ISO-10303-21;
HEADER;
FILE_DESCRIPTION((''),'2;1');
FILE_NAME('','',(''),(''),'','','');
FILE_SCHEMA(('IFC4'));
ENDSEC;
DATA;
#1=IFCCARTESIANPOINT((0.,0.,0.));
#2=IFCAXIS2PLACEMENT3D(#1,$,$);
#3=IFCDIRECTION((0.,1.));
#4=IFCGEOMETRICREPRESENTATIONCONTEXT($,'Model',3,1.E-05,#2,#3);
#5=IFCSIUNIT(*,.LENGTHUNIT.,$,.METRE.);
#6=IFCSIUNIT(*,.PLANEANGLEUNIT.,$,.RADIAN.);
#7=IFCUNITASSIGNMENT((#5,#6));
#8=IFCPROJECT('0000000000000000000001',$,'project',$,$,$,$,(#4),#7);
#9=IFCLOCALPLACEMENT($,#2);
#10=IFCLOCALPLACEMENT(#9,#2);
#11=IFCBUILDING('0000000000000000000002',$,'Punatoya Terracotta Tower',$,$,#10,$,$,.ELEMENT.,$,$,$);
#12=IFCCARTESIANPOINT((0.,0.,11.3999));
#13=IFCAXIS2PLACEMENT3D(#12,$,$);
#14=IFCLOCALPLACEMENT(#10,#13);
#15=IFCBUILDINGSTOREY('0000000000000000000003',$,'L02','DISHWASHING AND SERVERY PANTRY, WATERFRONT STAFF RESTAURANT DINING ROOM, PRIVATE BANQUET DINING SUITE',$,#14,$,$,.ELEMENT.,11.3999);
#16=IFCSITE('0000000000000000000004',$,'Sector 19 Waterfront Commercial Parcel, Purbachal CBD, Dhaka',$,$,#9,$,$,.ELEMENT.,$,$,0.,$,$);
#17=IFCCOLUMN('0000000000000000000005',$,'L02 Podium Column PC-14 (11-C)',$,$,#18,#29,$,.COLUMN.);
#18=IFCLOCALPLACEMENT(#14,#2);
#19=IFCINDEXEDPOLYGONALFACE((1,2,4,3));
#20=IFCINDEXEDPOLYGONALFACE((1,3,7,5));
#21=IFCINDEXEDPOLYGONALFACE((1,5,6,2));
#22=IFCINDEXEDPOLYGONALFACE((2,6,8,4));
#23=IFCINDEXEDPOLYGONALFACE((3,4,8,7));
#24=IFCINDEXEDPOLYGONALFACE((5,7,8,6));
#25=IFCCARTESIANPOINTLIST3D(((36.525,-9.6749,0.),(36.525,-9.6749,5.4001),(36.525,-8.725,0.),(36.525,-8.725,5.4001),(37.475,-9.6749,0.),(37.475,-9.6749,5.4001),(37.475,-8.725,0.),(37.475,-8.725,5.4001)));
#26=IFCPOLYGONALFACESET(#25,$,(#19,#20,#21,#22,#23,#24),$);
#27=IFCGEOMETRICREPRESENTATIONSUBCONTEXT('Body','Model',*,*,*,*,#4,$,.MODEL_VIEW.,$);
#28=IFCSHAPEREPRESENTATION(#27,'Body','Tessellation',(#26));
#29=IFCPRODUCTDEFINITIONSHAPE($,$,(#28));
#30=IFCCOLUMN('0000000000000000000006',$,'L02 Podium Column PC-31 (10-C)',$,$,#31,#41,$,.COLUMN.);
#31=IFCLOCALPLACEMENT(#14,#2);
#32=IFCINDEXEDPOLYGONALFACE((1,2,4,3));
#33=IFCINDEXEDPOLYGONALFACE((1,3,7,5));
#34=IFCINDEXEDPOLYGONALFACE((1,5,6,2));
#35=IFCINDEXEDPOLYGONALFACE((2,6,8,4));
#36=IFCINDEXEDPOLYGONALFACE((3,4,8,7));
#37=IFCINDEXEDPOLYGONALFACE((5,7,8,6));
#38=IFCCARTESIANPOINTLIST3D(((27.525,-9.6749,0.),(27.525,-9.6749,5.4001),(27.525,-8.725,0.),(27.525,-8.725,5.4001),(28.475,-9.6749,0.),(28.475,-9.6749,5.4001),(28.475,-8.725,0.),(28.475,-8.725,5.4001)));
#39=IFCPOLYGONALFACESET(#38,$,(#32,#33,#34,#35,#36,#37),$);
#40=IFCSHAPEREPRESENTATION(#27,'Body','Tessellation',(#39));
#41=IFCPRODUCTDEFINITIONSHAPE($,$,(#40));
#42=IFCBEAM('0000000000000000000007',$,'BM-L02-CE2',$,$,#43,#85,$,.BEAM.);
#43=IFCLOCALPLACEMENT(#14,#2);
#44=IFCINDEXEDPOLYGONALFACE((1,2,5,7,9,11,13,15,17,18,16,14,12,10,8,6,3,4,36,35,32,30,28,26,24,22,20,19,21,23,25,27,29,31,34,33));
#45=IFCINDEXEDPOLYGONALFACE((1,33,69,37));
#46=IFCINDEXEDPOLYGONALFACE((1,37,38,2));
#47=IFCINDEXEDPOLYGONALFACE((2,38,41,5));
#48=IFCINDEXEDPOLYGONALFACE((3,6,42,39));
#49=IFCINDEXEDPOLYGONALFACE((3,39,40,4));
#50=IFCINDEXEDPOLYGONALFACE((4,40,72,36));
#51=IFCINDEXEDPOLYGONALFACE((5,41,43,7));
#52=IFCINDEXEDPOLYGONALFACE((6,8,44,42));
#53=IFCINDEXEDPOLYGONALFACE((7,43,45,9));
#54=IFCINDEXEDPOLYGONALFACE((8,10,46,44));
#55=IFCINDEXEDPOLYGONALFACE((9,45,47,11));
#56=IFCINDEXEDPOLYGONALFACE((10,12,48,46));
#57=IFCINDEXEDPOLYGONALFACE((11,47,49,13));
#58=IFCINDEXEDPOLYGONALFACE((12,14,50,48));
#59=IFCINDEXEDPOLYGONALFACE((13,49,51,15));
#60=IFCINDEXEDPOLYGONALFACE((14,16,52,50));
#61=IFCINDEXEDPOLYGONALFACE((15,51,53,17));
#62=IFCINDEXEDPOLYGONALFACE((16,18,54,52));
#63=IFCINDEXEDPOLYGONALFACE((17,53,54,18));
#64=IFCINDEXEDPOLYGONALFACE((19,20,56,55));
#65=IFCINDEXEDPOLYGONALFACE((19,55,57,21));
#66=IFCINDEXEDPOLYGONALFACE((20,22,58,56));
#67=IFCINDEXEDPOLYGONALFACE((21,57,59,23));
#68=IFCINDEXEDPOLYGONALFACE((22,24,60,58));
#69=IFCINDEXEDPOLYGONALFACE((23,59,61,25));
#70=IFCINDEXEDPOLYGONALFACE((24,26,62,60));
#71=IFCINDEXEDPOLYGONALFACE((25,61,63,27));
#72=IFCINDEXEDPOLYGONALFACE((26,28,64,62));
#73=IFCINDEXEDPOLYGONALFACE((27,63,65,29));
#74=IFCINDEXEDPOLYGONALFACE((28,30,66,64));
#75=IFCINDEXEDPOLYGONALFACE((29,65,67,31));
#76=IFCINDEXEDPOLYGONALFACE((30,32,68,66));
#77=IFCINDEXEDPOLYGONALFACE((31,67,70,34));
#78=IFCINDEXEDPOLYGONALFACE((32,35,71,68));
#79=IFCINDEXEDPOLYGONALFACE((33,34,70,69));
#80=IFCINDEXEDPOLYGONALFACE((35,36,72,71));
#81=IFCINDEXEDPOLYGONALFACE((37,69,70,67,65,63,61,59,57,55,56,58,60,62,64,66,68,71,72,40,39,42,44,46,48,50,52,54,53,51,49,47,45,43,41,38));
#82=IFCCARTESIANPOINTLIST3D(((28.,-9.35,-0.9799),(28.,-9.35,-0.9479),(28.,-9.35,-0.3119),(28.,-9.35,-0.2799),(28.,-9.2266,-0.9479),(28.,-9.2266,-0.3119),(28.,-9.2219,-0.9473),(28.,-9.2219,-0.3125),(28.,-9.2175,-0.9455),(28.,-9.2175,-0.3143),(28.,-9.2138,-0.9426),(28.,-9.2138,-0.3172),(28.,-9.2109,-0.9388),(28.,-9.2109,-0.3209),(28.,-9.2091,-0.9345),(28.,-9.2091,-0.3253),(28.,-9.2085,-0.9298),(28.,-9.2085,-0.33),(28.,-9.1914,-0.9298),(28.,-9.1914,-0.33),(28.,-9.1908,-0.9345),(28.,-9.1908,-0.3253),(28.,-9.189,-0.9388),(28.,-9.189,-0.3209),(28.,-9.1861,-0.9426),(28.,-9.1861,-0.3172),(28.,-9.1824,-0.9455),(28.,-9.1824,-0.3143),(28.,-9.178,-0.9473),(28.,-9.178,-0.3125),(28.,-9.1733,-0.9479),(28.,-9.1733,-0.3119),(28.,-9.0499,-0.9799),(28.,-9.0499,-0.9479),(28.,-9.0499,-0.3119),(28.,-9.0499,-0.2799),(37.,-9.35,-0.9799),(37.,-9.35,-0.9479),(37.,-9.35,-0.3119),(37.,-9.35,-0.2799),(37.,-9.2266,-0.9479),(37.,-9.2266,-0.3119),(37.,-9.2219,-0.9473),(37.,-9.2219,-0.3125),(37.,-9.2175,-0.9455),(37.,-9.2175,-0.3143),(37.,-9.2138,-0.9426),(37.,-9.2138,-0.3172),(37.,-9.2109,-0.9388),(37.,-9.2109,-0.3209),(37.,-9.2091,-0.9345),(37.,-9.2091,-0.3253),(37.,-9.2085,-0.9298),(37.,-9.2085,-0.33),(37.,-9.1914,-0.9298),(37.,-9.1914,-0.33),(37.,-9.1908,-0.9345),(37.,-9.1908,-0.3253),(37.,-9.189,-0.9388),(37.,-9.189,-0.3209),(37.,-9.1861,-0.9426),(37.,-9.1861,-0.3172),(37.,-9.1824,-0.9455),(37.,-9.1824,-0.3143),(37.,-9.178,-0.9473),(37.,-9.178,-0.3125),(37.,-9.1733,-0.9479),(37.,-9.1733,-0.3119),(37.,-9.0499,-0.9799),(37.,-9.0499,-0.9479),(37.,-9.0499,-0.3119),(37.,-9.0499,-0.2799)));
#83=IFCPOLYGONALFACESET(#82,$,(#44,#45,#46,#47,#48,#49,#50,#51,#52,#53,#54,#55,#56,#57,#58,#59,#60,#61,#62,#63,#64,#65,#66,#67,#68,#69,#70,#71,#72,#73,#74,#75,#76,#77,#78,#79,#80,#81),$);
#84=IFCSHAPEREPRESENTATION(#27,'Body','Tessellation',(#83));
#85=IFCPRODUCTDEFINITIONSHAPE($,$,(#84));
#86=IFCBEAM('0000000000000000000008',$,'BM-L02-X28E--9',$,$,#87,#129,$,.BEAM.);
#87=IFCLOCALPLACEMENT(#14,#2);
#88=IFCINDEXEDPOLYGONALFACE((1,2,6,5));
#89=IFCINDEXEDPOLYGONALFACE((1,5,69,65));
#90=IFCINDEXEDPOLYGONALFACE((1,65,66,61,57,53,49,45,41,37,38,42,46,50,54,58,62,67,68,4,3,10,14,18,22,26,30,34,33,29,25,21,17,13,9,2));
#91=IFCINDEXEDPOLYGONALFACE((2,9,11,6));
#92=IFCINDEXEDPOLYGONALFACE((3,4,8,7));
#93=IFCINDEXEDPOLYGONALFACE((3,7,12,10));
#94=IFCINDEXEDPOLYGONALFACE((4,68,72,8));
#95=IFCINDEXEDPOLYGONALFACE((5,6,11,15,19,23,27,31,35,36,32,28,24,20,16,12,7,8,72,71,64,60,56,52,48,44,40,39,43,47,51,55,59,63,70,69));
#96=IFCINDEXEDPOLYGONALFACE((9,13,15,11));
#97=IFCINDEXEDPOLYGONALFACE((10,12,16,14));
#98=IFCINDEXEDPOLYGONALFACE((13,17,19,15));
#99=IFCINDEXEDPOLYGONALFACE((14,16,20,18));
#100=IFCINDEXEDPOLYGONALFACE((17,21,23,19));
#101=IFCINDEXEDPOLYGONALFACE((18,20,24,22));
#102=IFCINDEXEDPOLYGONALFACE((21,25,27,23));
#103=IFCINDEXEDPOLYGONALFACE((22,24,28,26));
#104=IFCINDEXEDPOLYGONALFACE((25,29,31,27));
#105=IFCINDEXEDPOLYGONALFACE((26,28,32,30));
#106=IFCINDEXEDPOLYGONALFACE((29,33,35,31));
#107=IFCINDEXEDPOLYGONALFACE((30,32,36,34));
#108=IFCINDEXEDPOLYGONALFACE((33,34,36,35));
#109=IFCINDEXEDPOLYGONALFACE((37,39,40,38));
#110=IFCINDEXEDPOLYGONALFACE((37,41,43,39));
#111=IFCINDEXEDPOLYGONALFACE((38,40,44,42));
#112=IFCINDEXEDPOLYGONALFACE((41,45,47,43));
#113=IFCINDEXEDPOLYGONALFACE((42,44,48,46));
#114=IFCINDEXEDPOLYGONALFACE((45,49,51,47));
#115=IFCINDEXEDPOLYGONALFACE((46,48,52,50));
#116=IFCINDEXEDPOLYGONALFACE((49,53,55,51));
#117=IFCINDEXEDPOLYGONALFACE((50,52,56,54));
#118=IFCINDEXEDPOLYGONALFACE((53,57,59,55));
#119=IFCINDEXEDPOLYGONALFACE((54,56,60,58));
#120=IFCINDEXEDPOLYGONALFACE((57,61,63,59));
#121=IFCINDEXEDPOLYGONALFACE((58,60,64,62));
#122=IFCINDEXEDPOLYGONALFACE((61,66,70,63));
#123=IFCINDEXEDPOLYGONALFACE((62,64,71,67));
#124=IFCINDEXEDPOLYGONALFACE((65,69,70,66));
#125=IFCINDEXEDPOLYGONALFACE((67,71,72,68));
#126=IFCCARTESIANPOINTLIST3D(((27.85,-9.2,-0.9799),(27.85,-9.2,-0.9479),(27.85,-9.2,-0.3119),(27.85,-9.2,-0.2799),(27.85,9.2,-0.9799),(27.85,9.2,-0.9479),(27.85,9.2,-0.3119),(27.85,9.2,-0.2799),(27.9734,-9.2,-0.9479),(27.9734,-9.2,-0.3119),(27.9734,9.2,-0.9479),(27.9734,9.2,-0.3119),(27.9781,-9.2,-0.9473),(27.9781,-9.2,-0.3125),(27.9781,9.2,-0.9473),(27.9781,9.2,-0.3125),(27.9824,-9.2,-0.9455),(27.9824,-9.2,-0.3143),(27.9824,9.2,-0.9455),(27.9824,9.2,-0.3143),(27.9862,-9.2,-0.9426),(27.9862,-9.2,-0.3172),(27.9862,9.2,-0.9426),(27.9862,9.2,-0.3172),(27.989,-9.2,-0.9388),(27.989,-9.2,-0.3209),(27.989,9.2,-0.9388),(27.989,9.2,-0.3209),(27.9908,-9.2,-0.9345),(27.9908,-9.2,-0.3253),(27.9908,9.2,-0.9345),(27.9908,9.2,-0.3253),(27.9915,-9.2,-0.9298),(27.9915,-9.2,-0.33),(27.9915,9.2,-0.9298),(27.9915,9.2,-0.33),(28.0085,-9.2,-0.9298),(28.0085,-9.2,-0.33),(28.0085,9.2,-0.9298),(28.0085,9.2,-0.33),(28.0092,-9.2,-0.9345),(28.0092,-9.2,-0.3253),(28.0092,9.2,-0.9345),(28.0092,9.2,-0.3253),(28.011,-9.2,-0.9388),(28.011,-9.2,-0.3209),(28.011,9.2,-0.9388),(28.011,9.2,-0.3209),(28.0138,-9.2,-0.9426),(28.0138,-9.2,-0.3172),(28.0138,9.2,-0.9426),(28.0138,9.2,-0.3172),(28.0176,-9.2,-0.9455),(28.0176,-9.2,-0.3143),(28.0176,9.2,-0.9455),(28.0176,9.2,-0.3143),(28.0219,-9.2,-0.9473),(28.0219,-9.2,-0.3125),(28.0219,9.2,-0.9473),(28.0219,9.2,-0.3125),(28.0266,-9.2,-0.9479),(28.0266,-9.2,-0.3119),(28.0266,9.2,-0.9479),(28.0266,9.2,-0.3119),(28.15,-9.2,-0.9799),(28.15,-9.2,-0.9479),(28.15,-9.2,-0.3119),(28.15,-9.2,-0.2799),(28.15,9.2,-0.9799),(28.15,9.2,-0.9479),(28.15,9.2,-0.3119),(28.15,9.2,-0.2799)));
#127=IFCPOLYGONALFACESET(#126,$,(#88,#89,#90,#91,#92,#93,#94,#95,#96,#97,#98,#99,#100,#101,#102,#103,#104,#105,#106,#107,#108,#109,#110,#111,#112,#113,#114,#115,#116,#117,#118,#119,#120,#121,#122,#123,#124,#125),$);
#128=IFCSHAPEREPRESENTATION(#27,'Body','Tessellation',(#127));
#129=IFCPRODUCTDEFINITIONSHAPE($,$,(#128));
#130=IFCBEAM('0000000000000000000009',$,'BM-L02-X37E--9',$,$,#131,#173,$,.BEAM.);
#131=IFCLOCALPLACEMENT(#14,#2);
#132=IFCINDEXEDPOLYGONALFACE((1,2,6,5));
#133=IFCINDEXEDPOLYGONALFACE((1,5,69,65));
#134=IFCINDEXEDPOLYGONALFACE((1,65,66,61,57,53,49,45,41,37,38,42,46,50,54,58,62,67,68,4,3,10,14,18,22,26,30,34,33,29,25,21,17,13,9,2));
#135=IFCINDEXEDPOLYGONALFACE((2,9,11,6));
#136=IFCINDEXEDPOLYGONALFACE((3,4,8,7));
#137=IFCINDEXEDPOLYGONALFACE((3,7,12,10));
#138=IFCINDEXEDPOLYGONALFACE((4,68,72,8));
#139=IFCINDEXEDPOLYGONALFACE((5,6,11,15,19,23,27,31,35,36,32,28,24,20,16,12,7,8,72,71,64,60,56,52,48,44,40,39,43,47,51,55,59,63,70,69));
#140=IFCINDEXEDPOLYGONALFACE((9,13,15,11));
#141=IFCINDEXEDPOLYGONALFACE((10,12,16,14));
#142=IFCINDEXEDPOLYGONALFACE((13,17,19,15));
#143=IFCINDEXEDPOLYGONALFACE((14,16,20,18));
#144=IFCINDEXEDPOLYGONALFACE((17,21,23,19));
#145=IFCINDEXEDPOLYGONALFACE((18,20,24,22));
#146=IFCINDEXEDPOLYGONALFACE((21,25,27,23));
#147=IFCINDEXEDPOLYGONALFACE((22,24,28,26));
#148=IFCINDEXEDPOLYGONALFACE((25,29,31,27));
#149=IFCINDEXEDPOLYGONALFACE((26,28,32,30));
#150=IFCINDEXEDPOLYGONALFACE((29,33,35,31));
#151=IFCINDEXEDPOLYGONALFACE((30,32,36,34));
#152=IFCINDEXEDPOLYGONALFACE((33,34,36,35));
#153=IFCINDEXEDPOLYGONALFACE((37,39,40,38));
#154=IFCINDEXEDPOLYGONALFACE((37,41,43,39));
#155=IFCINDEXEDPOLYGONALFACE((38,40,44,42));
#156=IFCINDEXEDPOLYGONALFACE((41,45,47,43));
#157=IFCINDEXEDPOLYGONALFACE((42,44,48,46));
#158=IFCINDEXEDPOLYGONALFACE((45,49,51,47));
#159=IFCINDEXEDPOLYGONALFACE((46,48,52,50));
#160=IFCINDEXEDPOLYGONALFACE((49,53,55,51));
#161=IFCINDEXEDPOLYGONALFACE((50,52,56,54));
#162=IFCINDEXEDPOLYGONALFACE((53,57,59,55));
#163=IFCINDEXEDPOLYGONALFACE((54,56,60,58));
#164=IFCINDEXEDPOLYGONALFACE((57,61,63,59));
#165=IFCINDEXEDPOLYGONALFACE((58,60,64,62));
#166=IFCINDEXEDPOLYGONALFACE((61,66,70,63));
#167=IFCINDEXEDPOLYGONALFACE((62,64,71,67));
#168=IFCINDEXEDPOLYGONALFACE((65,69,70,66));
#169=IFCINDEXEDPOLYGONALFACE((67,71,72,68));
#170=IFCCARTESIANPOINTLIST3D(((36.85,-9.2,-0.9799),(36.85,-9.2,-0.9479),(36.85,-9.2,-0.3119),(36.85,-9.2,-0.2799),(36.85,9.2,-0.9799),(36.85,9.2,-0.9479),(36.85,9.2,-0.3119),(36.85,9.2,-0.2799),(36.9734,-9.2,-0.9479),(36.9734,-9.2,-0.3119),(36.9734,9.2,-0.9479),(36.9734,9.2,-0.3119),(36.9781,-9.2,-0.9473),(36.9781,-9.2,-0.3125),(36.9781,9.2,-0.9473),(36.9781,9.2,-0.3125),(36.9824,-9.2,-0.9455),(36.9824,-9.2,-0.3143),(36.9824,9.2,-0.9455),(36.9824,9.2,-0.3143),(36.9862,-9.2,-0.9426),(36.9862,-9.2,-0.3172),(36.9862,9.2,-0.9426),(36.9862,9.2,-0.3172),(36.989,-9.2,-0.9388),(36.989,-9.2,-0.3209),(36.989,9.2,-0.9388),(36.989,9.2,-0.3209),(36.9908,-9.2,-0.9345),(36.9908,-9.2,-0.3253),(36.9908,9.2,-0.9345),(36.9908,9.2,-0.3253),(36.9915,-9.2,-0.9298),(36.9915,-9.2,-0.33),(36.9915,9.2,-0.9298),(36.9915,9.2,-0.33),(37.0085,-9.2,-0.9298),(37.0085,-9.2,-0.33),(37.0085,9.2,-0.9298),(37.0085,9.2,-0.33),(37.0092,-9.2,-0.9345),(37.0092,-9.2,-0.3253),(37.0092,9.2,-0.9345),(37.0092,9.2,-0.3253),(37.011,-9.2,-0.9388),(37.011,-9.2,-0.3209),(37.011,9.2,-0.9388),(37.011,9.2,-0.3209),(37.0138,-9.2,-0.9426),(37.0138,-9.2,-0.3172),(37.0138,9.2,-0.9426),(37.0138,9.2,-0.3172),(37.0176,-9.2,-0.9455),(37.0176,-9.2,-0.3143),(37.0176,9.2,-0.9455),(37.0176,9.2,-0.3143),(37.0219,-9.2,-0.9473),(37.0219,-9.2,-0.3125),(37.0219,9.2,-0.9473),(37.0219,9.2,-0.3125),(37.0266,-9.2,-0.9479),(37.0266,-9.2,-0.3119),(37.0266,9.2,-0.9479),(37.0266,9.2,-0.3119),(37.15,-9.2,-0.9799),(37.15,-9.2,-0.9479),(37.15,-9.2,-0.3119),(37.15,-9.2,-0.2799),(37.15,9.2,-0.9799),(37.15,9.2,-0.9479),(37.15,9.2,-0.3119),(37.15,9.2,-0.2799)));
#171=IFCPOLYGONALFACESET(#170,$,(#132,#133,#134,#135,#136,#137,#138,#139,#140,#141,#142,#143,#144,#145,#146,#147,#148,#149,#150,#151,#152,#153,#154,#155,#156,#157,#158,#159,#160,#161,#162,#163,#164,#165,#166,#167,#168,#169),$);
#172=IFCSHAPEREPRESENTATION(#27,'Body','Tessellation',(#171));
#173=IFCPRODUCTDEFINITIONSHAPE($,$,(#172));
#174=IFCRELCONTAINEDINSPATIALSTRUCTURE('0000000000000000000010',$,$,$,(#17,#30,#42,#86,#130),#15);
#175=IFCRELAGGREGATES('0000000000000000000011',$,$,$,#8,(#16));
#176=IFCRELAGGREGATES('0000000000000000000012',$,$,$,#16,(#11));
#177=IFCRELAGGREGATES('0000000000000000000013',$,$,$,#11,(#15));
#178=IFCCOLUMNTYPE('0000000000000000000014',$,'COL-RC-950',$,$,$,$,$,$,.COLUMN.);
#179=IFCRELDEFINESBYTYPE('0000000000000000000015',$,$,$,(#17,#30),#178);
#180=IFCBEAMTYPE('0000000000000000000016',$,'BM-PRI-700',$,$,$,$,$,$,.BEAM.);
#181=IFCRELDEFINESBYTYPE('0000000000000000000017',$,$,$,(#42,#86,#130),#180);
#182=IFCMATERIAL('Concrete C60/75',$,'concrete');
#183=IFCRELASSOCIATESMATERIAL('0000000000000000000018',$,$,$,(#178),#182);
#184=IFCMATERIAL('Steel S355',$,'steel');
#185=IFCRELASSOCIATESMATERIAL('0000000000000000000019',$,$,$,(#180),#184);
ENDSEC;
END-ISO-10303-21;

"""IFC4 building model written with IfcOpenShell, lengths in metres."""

from ifc_helpers import new_model, si_unit, direction, frame, origin, origin_2d, place, context, subcontext, project, spatial, rectangle, i_section, extrude, material, material_profile, profile_set, type_object, element, save


model = new_model("IFC4")

# Units and contexts
model_context = context("Model", 3, precision=1e-05, world=origin(), true_north=direction((0.0, 1.0)))
body_context = subcontext(model_context, "Body", "Model", "MODEL_VIEW")
ifc_project = project(units=[si_unit("LENGTHUNIT", "METRE"), si_unit("PLANEANGLEUNIT", "RADIAN")], contexts=[model_context])

# Site, building, storey
site_placement = place(None, origin())
site = spatial("IfcSite", under=ifc_project, at=site_placement, Name="Sector 19 Waterfront Commercial Parcel, Purbachal CBD, Dhaka", CompositionType="ELEMENT", RefElevation=0.0)
building_placement = place(site_placement, origin())
building = spatial("IfcBuilding", under=site, at=building_placement, Name="Punatoya Terracotta Tower", CompositionType="ELEMENT")
storey_placement = place(building_placement, frame((0.0, 0.0, 11.3999)))
storey = spatial("IfcBuildingStorey", under=building, at=storey_placement, Name="L02", Description="DISHWASHING AND SERVERY PANTRY, WATERFRONT STAFF RESTAURANT DINING ROOM, PRIVATE BANQUET DINING SUITE", CompositionType="ELEMENT", Elevation=11.3999)

# Columns
ifc_material_1 = material(Name="Concrete C60/75", Category="concrete")
ifc_material_profile_1 = material_profile(ifc_material_1, rectangle(XDim=0.95, YDim=0.95, at=origin_2d()))
ifc_profile_set_1 = profile_set([ifc_material_profile_1], Name="Concrete C60/75")
column_type = type_object("IfcColumnType", Name="COL-RC-950", PredefinedType="COLUMN", material=ifc_profile_set_1)
for number, where, z_axis, x_axis, name in (
    (1, (37.0, -9.2, 0.0), (0.0, 0.0, 1.0), (1.0, 0.0, 0.0), "L02 Podium Column PC-14 (11-C)"),
    (2, (28.0, -9.2, 0.0), (0.0, 0.0, 1.0), (1.0, 0.0, 0.0), "L02 Podium Column PC-31 (10-C)"),
):
    element("IfcColumn", number, at=place(storey_placement, frame(where, z_axis=z_axis, x_axis=x_axis)), inside=storey, type_object=column_type, Name=name, PredefinedType="COLUMN", context=body_context, shape_type="SweptSolid", body=[
        extrude(rectangle(XDim=0.95, YDim=0.95, at=origin_2d()), origin(), (0.0, 0.0, 1.0), 5.4001),
    ])

# Beams
ifc_material_2 = material(Name="Steel S355", Category="steel")
ifc_material_profile_2 = material_profile(ifc_material_2, i_section(OverallWidth=0.3, OverallDepth=0.7, WebThickness=0.0171, FlangeThickness=0.032, FilletRadius=0.0181, at=origin_2d()))
ifc_profile_set_2 = profile_set([ifc_material_profile_2], Name="Steel S355")
beam_type_1 = type_object("IfcBeamType", Name="BM-PRI-700", PredefinedType="BEAM", material=ifc_profile_set_2)
beam_1_placement = place(storey_placement, frame((28.0, -9.2, -0.6299), z_axis=(1.0, 0.0, 0.0), x_axis=(0.0, 1.0, 0.0)))
element("IfcBeam", 3, at=beam_1_placement, inside=storey, type_object=beam_type_1, Name="BM-L02-CE2", PredefinedType="BEAM", context=body_context, shape_type="SweptSolid", body=[
    extrude(i_section(OverallWidth=0.3, OverallDepth=0.7, WebThickness=0.0171, FlangeThickness=0.032, FilletRadius=0.0181, at=origin_2d()), origin(), (0.0, 0.0, 1.0), 9.0),
])
for number, where, z_axis, x_axis, name in (
    (4, (28.0, -9.2, -0.6299), (0.0, 1.0, 0.0), (-1.0, 0.0, 0.0), "BM-L02-X28E--9"),
    (5, (37.0, -9.2, -0.6299), (0.0, 1.0, 0.0), (-1.0, 0.0, 0.0), "BM-L02-X37E--9"),
):
    element("IfcBeam", number, at=place(storey_placement, frame(where, z_axis=z_axis, x_axis=x_axis)), inside=storey, type_object=beam_type_1, Name=name, PredefinedType="BEAM", context=body_context, shape_type="SweptSolid", body=[
        extrude(i_section(OverallWidth=0.3, OverallDepth=0.7, WebThickness=0.0171, FlangeThickness=0.032, FilletRadius=0.0181, at=origin_2d()), origin(), (0.0, 0.0, 1.0), 18.3999),
    ])

save(model, "model.ifc")
